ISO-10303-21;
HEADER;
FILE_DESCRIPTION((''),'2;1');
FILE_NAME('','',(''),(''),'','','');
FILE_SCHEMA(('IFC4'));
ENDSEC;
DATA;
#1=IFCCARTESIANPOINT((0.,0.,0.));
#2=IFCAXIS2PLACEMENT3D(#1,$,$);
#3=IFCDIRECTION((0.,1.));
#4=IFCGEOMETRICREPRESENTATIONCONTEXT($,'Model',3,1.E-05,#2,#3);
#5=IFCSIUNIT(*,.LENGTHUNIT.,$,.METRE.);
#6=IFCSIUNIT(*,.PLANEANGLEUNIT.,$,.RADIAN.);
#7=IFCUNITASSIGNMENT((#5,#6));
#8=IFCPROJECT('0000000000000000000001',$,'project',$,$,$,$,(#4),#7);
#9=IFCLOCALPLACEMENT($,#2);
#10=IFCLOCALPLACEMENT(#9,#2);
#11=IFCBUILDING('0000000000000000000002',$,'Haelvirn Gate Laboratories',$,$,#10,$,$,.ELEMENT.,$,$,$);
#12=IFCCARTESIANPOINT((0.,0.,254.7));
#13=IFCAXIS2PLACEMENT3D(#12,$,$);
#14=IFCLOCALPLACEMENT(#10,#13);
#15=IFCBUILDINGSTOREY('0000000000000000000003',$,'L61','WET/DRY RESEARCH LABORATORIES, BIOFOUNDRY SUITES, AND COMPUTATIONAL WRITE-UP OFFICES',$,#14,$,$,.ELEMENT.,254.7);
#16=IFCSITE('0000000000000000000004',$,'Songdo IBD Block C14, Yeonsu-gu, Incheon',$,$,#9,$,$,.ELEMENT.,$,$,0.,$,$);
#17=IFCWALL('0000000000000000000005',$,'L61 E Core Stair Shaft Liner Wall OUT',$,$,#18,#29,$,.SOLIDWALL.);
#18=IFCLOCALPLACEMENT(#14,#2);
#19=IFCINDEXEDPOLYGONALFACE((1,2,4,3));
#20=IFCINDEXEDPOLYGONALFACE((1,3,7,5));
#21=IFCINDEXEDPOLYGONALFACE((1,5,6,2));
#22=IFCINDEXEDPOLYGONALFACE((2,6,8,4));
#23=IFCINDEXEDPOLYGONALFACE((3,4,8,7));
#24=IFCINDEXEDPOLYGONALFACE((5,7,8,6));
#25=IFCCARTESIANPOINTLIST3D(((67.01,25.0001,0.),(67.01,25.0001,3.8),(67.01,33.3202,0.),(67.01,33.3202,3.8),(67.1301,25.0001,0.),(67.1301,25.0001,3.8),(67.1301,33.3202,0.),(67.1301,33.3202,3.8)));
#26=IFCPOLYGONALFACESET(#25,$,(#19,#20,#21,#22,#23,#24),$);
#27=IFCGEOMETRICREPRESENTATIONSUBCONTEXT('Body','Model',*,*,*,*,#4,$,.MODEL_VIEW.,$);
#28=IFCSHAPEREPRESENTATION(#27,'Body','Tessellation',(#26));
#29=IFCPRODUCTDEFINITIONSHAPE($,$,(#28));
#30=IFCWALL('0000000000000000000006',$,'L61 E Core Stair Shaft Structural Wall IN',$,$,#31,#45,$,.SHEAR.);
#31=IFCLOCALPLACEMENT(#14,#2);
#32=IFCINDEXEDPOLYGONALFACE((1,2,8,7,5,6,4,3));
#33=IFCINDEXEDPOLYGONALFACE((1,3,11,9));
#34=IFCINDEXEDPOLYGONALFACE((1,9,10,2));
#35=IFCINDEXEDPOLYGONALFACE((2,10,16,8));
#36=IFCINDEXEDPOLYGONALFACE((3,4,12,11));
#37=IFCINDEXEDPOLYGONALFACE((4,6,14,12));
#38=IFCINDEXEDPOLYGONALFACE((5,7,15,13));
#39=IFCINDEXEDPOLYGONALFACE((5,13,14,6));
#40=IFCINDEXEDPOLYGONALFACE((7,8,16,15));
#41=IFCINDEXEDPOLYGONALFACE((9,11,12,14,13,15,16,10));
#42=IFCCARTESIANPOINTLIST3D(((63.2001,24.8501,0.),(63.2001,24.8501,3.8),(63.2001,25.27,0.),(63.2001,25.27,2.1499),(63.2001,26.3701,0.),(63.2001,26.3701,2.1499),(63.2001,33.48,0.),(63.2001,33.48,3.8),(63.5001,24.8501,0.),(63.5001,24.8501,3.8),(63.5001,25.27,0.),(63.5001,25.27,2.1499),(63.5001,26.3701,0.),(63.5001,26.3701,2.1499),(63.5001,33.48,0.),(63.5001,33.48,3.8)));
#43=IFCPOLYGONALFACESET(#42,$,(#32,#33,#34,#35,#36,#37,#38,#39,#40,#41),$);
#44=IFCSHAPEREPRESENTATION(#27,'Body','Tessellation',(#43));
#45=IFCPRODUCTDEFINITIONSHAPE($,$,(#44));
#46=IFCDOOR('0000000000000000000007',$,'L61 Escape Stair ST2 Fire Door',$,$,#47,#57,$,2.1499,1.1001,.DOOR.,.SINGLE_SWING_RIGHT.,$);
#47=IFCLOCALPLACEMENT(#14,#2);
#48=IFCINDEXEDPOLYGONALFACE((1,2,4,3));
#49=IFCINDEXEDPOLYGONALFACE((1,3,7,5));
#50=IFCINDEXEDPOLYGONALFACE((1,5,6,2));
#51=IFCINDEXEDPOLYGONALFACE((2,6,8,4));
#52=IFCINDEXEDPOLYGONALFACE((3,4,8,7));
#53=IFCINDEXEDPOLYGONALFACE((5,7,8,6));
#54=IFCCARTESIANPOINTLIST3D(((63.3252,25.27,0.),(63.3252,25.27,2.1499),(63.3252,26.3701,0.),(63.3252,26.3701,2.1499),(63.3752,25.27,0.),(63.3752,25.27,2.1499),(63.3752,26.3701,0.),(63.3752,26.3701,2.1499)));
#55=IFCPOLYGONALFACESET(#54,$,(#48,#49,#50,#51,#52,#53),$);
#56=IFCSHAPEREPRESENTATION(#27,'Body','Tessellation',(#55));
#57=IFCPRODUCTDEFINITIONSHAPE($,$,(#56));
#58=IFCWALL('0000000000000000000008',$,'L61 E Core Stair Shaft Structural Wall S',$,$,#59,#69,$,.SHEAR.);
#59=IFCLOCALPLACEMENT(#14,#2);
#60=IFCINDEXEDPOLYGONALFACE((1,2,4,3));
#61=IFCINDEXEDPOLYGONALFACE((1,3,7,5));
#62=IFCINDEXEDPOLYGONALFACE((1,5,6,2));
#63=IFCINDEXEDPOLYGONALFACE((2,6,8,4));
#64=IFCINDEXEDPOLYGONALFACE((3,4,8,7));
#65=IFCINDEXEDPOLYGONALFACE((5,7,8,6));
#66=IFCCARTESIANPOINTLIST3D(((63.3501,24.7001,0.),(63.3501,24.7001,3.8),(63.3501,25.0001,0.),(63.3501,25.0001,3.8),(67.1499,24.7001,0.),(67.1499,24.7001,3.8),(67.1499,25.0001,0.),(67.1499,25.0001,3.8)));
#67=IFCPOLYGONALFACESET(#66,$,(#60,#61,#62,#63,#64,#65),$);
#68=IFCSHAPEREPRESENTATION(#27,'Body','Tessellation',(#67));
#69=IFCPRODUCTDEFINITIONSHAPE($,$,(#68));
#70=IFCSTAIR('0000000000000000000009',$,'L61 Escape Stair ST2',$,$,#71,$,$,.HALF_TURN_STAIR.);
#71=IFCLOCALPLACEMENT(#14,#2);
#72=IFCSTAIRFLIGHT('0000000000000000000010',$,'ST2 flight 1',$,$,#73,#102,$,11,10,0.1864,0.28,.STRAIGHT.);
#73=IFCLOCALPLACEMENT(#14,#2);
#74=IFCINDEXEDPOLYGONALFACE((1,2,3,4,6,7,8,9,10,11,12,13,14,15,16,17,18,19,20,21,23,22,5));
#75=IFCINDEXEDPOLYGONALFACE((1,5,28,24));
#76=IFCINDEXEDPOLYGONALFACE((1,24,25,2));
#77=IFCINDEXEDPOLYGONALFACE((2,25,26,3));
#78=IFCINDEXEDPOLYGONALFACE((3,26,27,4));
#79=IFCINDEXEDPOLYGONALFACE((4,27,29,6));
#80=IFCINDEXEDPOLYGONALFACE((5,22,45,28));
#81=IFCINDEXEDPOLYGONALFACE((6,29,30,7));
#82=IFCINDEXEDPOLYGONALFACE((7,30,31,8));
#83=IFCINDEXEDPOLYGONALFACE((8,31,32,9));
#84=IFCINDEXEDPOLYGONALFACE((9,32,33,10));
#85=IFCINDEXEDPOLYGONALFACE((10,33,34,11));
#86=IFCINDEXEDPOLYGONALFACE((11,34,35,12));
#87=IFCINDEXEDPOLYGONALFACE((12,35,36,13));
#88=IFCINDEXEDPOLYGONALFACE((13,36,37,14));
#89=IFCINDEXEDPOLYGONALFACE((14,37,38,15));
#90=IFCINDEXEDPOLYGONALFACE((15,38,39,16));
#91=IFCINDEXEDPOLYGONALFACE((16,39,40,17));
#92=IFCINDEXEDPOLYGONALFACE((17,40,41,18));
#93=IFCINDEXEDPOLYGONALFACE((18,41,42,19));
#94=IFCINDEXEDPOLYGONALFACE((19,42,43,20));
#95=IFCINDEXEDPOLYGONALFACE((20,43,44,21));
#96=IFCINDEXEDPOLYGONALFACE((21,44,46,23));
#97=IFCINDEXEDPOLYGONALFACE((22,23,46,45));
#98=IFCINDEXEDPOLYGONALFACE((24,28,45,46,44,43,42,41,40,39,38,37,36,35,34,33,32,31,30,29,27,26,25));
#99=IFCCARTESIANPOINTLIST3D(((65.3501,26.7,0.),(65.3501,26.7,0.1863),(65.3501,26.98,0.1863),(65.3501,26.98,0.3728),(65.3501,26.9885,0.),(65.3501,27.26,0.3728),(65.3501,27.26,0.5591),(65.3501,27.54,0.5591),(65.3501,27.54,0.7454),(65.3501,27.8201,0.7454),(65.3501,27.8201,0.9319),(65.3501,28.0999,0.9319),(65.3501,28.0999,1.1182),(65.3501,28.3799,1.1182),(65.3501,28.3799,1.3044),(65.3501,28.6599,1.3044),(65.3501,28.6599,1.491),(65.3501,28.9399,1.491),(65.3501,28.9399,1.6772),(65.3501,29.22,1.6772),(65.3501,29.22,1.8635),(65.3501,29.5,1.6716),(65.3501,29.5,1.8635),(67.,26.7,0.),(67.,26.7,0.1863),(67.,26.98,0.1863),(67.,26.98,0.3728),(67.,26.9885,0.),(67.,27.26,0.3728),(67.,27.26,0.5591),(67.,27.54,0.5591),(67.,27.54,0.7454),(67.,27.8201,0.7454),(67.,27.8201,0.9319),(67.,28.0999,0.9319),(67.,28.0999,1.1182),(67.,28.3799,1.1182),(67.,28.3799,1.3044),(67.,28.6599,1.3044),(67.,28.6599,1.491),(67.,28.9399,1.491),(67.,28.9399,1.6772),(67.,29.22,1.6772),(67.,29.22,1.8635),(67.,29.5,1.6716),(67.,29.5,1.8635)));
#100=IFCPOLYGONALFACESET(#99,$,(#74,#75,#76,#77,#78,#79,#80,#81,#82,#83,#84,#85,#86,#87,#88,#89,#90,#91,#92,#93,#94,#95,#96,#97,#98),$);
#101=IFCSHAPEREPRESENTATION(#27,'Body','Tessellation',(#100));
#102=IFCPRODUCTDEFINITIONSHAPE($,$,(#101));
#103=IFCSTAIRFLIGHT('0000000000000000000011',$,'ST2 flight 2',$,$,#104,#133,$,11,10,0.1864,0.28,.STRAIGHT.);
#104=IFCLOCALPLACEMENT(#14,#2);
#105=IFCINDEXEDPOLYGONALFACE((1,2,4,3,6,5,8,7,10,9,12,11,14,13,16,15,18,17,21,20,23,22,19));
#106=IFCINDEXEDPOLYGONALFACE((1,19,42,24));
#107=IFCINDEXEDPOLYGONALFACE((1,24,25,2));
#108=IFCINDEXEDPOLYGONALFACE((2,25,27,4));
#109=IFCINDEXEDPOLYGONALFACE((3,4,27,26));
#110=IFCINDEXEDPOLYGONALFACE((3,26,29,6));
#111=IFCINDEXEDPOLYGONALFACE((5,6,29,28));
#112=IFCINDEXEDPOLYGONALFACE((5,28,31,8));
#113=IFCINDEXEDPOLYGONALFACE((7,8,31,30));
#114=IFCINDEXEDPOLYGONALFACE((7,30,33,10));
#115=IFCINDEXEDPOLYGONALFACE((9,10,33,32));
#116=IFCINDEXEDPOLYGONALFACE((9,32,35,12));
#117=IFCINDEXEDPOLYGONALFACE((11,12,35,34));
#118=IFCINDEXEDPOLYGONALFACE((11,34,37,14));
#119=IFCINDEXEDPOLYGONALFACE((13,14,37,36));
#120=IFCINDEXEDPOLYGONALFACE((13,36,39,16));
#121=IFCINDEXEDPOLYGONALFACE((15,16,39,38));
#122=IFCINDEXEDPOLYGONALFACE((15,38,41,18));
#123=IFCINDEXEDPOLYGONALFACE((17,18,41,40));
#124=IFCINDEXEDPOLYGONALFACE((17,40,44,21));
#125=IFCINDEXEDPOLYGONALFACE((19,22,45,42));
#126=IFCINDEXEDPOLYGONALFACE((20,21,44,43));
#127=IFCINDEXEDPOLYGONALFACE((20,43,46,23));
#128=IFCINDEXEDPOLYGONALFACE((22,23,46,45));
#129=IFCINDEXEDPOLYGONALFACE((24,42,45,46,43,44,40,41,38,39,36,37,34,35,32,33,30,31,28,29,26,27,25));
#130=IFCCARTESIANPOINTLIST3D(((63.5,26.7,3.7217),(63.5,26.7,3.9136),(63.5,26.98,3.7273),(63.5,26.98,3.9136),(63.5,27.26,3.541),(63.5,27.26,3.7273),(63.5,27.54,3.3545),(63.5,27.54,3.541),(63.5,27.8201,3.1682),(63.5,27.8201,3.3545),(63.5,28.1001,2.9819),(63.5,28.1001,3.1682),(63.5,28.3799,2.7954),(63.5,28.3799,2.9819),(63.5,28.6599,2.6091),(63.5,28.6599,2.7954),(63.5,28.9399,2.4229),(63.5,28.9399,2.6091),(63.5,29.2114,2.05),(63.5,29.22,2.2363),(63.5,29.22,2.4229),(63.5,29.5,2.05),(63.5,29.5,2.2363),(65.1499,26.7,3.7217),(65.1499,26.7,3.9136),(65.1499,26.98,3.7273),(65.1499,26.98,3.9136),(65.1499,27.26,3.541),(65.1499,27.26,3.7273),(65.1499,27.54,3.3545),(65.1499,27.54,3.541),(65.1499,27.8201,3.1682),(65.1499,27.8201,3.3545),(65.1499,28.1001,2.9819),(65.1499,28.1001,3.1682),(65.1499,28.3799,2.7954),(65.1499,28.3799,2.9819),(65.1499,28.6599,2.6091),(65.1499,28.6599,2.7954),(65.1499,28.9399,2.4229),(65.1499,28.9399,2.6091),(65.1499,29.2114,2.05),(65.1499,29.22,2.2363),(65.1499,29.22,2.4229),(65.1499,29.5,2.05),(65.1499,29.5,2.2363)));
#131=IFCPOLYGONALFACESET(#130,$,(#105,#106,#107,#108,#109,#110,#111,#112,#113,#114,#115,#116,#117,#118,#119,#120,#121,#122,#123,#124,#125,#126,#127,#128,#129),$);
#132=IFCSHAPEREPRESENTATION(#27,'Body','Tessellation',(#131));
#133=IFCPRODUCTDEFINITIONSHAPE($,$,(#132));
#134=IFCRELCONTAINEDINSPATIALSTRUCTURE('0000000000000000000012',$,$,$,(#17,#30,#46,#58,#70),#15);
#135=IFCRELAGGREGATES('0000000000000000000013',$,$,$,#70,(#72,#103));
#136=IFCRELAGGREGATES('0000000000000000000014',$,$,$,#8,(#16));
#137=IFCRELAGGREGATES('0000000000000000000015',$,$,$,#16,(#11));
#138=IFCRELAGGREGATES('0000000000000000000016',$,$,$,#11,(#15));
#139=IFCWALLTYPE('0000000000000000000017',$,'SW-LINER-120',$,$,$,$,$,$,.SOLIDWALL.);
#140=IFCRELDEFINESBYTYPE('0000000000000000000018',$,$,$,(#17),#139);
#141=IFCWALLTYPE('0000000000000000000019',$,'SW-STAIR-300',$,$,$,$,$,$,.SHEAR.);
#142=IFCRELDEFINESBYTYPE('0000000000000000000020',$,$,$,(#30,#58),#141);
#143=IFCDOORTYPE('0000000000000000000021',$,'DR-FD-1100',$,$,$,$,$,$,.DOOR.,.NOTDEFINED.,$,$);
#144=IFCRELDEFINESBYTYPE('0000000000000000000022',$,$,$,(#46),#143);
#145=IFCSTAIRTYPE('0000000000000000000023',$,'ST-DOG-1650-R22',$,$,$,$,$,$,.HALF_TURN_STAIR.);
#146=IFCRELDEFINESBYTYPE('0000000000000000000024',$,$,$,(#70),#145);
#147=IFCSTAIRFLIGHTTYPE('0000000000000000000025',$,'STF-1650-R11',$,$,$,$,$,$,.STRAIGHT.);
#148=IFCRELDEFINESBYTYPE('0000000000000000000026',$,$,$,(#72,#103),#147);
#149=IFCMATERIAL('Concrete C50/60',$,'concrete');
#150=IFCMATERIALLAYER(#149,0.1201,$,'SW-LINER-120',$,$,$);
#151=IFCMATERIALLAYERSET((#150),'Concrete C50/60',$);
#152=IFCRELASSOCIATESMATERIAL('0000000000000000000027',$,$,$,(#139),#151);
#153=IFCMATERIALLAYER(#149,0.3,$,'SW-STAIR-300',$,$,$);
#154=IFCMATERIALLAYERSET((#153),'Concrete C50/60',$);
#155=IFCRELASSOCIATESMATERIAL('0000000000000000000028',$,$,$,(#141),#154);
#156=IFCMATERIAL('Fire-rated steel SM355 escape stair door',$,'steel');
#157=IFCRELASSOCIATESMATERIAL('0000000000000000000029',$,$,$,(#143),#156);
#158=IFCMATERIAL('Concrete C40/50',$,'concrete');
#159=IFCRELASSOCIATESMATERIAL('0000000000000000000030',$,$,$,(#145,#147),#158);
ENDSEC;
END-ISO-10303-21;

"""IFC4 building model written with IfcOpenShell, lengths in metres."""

from ifc_helpers import new_model, si_unit, direction, frame, frame_2d, origin, place, context, subcontext, project, spatial, polyline, rectangle, outline, extrude, source, transform, mapped, material, layer, layer_set, type_object, type_shapes, element, fill, aggregate, save


model = new_model("IFC4")

# Units and contexts
model_context = context("Model", 3, precision=1e-05, world=origin(), true_north=direction((0.0, 1.0)))
body_context = subcontext(model_context, "Body", "Model", "MODEL_VIEW")
ifc_project = project(units=[si_unit("LENGTHUNIT", "METRE"), si_unit("PLANEANGLEUNIT", "RADIAN")], contexts=[model_context])

# Site, building, storey
site_placement = place(None, origin())
site = spatial("IfcSite", under=ifc_project, at=site_placement, Name="Songdo IBD Block C14, Yeonsu-gu, Incheon", CompositionType="ELEMENT", RefElevation=0.0)
building_placement = place(site_placement, origin())
building = spatial("IfcBuilding", under=site, at=building_placement, Name="Haelvirn Gate Laboratories", CompositionType="ELEMENT")
storey_placement = place(building_placement, frame((0.0, 0.0, 254.7)))
storey = spatial("IfcBuildingStorey", under=building, at=storey_placement, Name="L61", Description="WET/DRY RESEARCH LABORATORIES, BIOFOUNDRY SUITES, AND COMPUTATIONAL WRITE-UP OFFICES", CompositionType="ELEMENT", Elevation=254.7)

# Shared definitions
ifc_material_1 = material(Name="Concrete C40/50", Category="concrete")

# Wall
ifc_material_2 = material(Name="Concrete C50/60", Category="concrete")
ifc_layer_1 = layer(ifc_material_2, 0.1201, Name="SW-LINER-120")
ifc_layer_set_1 = layer_set([ifc_layer_1], Name="Concrete C50/60")
wall_type_1 = type_object("IfcWallType", Name="SW-LINER-120", PredefinedType="SOLIDWALL", material=ifc_layer_set_1)
wall_1_placement = place(storey_placement, frame((67.0701, 25.0, 0.0), z_axis=(0.0, 0.0, 1.0), x_axis=(0.0, 1.0, 0.0)))
element("IfcWall", 1, at=wall_1_placement, inside=storey, type_object=wall_type_1, Name="L61 E Core Stair Shaft Liner Wall OUT", PredefinedType="SOLIDWALL", context=body_context, shape_type="SweptSolid", body=[
    extrude(rectangle(XDim=8.3201, YDim=0.1201, at=frame_2d((4.1602, 0.0))), origin(), (0.0, 0.0, 1.0), 3.8),
])

# Wall, opening, door
ifc_layer_2 = layer(ifc_material_2, 0.3, Name="SW-STAIR-300")
ifc_layer_set_2 = layer_set([ifc_layer_2], Name="Concrete C50/60")
wall_type_2 = type_object("IfcWallType", Name="SW-STAIR-300", PredefinedType="SHEAR", material=ifc_layer_set_2)
wall_2_placement = place(storey_placement, frame((63.3501, 24.8501, 0.0), z_axis=(0.0, 0.0, 1.0), x_axis=(0.0, 1.0, 0.0)))
wall_2 = element("IfcWall", 2, at=wall_2_placement, inside=storey, type_object=wall_type_2, Name="L61 E Core Stair Shaft Structural Wall IN", PredefinedType="SHEAR", context=body_context, shape_type="SweptSolid", body=[
    extrude(rectangle(XDim=8.6299, YDim=0.3, at=frame_2d((4.3149, 0.0))), origin(), (0.0, 0.0, 1.0), 3.8),
])
opening_1_placement = place(wall_2_placement, frame((0.4199, 0.0, 0.0)))
opening_1 = element("IfcOpeningElement", 3, at=opening_1_placement, cuts=wall_2, PredefinedType="OPENING", context=body_context, shape_type="SweptSolid", body=[
    extrude(rectangle(XDim=1.1001, YDim=2.1499, at=frame_2d((0.55, 1.075))), frame((0.0, 0.1602, 0.0), z_axis=(0.0, -1.0, 0.0), x_axis=(1.0, 0.0, 0.0)), (0.0, 0.0, 1.0), 0.3201),
])
ifc_material_3 = material(Name="Fire-rated steel SM355 escape stair door", Category="steel")
door_type_1 = type_object("IfcDoorType", Name="DR-FD-1100", OperationType="NOTDEFINED", PredefinedType="DOOR", material=ifc_material_3)
shared_shape_1 = source(origin(), body_context, "Body", "SweptSolid", [
    extrude(rectangle(XDim=1.1001, YDim=2.1499, at=frame_2d((0.55, 1.075))), frame((0.0, 0.0249, 0.0), z_axis=(0.0, -1.0, 0.0), x_axis=(1.0, 0.0, 0.0)), (0.0, 0.0, 1.0), 0.05),
])
type_shapes(door_type_1, [shared_shape_1])
door_1_placement = place(opening_1_placement, origin())
door_1 = element("IfcDoor", 4, at=door_1_placement, inside=storey, type_object=door_type_1, Name="L61 Escape Stair ST2 Fire Door", OperationType="SINGLE_SWING_RIGHT", OverallHeight=2.1499, OverallWidth=1.1001, PredefinedType="DOOR", context=body_context, shape_type="MappedRepresentation", body=[
    mapped(shared_shape_1, transform((0.0, 0.0, 0.0), scale=1.0)),
])
fill(opening_1, door_1)

# Wall
wall_3_placement = place(storey_placement, frame((63.3501, 24.8501, 0.0), z_axis=(0.0, 0.0, 1.0), x_axis=(1.0, 0.0, 0.0)))
element("IfcWall", 5, at=wall_3_placement, inside=storey, type_object=wall_type_2, Name="L61 E Core Stair Shaft Structural Wall S", PredefinedType="SHEAR", context=body_context, shape_type="SweptSolid", body=[
    extrude(rectangle(XDim=3.7998, YDim=0.3, at=frame_2d((1.8999, 0.0))), origin(), (0.0, 0.0, 1.0), 3.8),
])

# Stair, stair flights
stair_type = type_object("IfcStairType", Name="ST-DOG-1650-R22", PredefinedType="HALF_TURN_STAIR", material=ifc_material_1)
stair_placement = place(storey_placement, origin())
stair = element("IfcStair", 6, at=stair_placement, inside=storey, type_object=stair_type, Name="L61 Escape Stair ST2", PredefinedType="HALF_TURN_STAIR")
stair_flight_type = type_object("IfcStairFlightType", Name="STF-1650-R11", PredefinedType="STRAIGHT", material=ifc_material_1)
shared_shape_2 = source(origin(), body_context, "Body", "SweptSolid", [
    extrude(outline(polyline([(0.0, 0.0), (0.0, 0.1863), (0.28, 0.1863), (0.28, 0.3728), (0.5601, 0.3728), (0.5601, 0.5591), (0.8401, 0.5591), (0.8401, 0.7454), (1.1201, 0.7454), (1.1201, 0.9319), (1.3999, 0.9319), (1.3999, 1.1182), (1.6799, 1.1182), (1.6799, 1.3044), (1.96, 1.3044), (1.96, 1.491), (2.24, 1.491), (2.24, 1.6772), (2.52, 1.6772), (2.52, 1.8635), (2.8, 1.8635), (2.8, 2.05), (2.8, 1.6716), (0.2886, 0.0), (0.0, 0.0)])), frame((0.0, 0.825, 0.0), z_axis=(0.0, -1.0, 0.0), x_axis=(1.0, 0.0, 0.0)), (0.0, 0.0, 1.0), 1.6499),
])
type_shapes(stair_flight_type, [shared_shape_2])
stair_flight_1_placement = place(storey_placement, frame((66.175, 26.7, 0.0), z_axis=(0.0, 0.0, 1.0), x_axis=(0.0, 1.0, 0.0)))
stair_flight_1 = element("IfcStairFlight", 7, at=stair_flight_1_placement, type_object=stair_flight_type, Name="ST2 flight 1", NumberOfRisers=11, NumberOfTreads=10, PredefinedType="STRAIGHT", RiserHeight=0.1864, TreadLength=0.28, context=body_context, shape_type="MappedRepresentation", body=[
    mapped(shared_shape_2, transform((0.0, 0.0, 0.0), scale=1.0)),
])
stair_flight_2_placement = place(storey_placement, frame((64.325, 29.5, 2.05), z_axis=(0.0, 0.0, 1.0), x_axis=(0.0, -1.0, 0.0)))
stair_flight_2 = element("IfcStairFlight", 8, at=stair_flight_2_placement, type_object=stair_flight_type, Name="ST2 flight 2", NumberOfRisers=11, NumberOfTreads=10, PredefinedType="STRAIGHT", RiserHeight=0.1864, TreadLength=0.28, context=body_context, shape_type="MappedRepresentation", body=[
    mapped(shared_shape_2, transform((0.0, 0.0, 0.0), scale=1.0)),
])
aggregate(stair, [stair_flight_1, stair_flight_2])

save(model, "model.ifc")
